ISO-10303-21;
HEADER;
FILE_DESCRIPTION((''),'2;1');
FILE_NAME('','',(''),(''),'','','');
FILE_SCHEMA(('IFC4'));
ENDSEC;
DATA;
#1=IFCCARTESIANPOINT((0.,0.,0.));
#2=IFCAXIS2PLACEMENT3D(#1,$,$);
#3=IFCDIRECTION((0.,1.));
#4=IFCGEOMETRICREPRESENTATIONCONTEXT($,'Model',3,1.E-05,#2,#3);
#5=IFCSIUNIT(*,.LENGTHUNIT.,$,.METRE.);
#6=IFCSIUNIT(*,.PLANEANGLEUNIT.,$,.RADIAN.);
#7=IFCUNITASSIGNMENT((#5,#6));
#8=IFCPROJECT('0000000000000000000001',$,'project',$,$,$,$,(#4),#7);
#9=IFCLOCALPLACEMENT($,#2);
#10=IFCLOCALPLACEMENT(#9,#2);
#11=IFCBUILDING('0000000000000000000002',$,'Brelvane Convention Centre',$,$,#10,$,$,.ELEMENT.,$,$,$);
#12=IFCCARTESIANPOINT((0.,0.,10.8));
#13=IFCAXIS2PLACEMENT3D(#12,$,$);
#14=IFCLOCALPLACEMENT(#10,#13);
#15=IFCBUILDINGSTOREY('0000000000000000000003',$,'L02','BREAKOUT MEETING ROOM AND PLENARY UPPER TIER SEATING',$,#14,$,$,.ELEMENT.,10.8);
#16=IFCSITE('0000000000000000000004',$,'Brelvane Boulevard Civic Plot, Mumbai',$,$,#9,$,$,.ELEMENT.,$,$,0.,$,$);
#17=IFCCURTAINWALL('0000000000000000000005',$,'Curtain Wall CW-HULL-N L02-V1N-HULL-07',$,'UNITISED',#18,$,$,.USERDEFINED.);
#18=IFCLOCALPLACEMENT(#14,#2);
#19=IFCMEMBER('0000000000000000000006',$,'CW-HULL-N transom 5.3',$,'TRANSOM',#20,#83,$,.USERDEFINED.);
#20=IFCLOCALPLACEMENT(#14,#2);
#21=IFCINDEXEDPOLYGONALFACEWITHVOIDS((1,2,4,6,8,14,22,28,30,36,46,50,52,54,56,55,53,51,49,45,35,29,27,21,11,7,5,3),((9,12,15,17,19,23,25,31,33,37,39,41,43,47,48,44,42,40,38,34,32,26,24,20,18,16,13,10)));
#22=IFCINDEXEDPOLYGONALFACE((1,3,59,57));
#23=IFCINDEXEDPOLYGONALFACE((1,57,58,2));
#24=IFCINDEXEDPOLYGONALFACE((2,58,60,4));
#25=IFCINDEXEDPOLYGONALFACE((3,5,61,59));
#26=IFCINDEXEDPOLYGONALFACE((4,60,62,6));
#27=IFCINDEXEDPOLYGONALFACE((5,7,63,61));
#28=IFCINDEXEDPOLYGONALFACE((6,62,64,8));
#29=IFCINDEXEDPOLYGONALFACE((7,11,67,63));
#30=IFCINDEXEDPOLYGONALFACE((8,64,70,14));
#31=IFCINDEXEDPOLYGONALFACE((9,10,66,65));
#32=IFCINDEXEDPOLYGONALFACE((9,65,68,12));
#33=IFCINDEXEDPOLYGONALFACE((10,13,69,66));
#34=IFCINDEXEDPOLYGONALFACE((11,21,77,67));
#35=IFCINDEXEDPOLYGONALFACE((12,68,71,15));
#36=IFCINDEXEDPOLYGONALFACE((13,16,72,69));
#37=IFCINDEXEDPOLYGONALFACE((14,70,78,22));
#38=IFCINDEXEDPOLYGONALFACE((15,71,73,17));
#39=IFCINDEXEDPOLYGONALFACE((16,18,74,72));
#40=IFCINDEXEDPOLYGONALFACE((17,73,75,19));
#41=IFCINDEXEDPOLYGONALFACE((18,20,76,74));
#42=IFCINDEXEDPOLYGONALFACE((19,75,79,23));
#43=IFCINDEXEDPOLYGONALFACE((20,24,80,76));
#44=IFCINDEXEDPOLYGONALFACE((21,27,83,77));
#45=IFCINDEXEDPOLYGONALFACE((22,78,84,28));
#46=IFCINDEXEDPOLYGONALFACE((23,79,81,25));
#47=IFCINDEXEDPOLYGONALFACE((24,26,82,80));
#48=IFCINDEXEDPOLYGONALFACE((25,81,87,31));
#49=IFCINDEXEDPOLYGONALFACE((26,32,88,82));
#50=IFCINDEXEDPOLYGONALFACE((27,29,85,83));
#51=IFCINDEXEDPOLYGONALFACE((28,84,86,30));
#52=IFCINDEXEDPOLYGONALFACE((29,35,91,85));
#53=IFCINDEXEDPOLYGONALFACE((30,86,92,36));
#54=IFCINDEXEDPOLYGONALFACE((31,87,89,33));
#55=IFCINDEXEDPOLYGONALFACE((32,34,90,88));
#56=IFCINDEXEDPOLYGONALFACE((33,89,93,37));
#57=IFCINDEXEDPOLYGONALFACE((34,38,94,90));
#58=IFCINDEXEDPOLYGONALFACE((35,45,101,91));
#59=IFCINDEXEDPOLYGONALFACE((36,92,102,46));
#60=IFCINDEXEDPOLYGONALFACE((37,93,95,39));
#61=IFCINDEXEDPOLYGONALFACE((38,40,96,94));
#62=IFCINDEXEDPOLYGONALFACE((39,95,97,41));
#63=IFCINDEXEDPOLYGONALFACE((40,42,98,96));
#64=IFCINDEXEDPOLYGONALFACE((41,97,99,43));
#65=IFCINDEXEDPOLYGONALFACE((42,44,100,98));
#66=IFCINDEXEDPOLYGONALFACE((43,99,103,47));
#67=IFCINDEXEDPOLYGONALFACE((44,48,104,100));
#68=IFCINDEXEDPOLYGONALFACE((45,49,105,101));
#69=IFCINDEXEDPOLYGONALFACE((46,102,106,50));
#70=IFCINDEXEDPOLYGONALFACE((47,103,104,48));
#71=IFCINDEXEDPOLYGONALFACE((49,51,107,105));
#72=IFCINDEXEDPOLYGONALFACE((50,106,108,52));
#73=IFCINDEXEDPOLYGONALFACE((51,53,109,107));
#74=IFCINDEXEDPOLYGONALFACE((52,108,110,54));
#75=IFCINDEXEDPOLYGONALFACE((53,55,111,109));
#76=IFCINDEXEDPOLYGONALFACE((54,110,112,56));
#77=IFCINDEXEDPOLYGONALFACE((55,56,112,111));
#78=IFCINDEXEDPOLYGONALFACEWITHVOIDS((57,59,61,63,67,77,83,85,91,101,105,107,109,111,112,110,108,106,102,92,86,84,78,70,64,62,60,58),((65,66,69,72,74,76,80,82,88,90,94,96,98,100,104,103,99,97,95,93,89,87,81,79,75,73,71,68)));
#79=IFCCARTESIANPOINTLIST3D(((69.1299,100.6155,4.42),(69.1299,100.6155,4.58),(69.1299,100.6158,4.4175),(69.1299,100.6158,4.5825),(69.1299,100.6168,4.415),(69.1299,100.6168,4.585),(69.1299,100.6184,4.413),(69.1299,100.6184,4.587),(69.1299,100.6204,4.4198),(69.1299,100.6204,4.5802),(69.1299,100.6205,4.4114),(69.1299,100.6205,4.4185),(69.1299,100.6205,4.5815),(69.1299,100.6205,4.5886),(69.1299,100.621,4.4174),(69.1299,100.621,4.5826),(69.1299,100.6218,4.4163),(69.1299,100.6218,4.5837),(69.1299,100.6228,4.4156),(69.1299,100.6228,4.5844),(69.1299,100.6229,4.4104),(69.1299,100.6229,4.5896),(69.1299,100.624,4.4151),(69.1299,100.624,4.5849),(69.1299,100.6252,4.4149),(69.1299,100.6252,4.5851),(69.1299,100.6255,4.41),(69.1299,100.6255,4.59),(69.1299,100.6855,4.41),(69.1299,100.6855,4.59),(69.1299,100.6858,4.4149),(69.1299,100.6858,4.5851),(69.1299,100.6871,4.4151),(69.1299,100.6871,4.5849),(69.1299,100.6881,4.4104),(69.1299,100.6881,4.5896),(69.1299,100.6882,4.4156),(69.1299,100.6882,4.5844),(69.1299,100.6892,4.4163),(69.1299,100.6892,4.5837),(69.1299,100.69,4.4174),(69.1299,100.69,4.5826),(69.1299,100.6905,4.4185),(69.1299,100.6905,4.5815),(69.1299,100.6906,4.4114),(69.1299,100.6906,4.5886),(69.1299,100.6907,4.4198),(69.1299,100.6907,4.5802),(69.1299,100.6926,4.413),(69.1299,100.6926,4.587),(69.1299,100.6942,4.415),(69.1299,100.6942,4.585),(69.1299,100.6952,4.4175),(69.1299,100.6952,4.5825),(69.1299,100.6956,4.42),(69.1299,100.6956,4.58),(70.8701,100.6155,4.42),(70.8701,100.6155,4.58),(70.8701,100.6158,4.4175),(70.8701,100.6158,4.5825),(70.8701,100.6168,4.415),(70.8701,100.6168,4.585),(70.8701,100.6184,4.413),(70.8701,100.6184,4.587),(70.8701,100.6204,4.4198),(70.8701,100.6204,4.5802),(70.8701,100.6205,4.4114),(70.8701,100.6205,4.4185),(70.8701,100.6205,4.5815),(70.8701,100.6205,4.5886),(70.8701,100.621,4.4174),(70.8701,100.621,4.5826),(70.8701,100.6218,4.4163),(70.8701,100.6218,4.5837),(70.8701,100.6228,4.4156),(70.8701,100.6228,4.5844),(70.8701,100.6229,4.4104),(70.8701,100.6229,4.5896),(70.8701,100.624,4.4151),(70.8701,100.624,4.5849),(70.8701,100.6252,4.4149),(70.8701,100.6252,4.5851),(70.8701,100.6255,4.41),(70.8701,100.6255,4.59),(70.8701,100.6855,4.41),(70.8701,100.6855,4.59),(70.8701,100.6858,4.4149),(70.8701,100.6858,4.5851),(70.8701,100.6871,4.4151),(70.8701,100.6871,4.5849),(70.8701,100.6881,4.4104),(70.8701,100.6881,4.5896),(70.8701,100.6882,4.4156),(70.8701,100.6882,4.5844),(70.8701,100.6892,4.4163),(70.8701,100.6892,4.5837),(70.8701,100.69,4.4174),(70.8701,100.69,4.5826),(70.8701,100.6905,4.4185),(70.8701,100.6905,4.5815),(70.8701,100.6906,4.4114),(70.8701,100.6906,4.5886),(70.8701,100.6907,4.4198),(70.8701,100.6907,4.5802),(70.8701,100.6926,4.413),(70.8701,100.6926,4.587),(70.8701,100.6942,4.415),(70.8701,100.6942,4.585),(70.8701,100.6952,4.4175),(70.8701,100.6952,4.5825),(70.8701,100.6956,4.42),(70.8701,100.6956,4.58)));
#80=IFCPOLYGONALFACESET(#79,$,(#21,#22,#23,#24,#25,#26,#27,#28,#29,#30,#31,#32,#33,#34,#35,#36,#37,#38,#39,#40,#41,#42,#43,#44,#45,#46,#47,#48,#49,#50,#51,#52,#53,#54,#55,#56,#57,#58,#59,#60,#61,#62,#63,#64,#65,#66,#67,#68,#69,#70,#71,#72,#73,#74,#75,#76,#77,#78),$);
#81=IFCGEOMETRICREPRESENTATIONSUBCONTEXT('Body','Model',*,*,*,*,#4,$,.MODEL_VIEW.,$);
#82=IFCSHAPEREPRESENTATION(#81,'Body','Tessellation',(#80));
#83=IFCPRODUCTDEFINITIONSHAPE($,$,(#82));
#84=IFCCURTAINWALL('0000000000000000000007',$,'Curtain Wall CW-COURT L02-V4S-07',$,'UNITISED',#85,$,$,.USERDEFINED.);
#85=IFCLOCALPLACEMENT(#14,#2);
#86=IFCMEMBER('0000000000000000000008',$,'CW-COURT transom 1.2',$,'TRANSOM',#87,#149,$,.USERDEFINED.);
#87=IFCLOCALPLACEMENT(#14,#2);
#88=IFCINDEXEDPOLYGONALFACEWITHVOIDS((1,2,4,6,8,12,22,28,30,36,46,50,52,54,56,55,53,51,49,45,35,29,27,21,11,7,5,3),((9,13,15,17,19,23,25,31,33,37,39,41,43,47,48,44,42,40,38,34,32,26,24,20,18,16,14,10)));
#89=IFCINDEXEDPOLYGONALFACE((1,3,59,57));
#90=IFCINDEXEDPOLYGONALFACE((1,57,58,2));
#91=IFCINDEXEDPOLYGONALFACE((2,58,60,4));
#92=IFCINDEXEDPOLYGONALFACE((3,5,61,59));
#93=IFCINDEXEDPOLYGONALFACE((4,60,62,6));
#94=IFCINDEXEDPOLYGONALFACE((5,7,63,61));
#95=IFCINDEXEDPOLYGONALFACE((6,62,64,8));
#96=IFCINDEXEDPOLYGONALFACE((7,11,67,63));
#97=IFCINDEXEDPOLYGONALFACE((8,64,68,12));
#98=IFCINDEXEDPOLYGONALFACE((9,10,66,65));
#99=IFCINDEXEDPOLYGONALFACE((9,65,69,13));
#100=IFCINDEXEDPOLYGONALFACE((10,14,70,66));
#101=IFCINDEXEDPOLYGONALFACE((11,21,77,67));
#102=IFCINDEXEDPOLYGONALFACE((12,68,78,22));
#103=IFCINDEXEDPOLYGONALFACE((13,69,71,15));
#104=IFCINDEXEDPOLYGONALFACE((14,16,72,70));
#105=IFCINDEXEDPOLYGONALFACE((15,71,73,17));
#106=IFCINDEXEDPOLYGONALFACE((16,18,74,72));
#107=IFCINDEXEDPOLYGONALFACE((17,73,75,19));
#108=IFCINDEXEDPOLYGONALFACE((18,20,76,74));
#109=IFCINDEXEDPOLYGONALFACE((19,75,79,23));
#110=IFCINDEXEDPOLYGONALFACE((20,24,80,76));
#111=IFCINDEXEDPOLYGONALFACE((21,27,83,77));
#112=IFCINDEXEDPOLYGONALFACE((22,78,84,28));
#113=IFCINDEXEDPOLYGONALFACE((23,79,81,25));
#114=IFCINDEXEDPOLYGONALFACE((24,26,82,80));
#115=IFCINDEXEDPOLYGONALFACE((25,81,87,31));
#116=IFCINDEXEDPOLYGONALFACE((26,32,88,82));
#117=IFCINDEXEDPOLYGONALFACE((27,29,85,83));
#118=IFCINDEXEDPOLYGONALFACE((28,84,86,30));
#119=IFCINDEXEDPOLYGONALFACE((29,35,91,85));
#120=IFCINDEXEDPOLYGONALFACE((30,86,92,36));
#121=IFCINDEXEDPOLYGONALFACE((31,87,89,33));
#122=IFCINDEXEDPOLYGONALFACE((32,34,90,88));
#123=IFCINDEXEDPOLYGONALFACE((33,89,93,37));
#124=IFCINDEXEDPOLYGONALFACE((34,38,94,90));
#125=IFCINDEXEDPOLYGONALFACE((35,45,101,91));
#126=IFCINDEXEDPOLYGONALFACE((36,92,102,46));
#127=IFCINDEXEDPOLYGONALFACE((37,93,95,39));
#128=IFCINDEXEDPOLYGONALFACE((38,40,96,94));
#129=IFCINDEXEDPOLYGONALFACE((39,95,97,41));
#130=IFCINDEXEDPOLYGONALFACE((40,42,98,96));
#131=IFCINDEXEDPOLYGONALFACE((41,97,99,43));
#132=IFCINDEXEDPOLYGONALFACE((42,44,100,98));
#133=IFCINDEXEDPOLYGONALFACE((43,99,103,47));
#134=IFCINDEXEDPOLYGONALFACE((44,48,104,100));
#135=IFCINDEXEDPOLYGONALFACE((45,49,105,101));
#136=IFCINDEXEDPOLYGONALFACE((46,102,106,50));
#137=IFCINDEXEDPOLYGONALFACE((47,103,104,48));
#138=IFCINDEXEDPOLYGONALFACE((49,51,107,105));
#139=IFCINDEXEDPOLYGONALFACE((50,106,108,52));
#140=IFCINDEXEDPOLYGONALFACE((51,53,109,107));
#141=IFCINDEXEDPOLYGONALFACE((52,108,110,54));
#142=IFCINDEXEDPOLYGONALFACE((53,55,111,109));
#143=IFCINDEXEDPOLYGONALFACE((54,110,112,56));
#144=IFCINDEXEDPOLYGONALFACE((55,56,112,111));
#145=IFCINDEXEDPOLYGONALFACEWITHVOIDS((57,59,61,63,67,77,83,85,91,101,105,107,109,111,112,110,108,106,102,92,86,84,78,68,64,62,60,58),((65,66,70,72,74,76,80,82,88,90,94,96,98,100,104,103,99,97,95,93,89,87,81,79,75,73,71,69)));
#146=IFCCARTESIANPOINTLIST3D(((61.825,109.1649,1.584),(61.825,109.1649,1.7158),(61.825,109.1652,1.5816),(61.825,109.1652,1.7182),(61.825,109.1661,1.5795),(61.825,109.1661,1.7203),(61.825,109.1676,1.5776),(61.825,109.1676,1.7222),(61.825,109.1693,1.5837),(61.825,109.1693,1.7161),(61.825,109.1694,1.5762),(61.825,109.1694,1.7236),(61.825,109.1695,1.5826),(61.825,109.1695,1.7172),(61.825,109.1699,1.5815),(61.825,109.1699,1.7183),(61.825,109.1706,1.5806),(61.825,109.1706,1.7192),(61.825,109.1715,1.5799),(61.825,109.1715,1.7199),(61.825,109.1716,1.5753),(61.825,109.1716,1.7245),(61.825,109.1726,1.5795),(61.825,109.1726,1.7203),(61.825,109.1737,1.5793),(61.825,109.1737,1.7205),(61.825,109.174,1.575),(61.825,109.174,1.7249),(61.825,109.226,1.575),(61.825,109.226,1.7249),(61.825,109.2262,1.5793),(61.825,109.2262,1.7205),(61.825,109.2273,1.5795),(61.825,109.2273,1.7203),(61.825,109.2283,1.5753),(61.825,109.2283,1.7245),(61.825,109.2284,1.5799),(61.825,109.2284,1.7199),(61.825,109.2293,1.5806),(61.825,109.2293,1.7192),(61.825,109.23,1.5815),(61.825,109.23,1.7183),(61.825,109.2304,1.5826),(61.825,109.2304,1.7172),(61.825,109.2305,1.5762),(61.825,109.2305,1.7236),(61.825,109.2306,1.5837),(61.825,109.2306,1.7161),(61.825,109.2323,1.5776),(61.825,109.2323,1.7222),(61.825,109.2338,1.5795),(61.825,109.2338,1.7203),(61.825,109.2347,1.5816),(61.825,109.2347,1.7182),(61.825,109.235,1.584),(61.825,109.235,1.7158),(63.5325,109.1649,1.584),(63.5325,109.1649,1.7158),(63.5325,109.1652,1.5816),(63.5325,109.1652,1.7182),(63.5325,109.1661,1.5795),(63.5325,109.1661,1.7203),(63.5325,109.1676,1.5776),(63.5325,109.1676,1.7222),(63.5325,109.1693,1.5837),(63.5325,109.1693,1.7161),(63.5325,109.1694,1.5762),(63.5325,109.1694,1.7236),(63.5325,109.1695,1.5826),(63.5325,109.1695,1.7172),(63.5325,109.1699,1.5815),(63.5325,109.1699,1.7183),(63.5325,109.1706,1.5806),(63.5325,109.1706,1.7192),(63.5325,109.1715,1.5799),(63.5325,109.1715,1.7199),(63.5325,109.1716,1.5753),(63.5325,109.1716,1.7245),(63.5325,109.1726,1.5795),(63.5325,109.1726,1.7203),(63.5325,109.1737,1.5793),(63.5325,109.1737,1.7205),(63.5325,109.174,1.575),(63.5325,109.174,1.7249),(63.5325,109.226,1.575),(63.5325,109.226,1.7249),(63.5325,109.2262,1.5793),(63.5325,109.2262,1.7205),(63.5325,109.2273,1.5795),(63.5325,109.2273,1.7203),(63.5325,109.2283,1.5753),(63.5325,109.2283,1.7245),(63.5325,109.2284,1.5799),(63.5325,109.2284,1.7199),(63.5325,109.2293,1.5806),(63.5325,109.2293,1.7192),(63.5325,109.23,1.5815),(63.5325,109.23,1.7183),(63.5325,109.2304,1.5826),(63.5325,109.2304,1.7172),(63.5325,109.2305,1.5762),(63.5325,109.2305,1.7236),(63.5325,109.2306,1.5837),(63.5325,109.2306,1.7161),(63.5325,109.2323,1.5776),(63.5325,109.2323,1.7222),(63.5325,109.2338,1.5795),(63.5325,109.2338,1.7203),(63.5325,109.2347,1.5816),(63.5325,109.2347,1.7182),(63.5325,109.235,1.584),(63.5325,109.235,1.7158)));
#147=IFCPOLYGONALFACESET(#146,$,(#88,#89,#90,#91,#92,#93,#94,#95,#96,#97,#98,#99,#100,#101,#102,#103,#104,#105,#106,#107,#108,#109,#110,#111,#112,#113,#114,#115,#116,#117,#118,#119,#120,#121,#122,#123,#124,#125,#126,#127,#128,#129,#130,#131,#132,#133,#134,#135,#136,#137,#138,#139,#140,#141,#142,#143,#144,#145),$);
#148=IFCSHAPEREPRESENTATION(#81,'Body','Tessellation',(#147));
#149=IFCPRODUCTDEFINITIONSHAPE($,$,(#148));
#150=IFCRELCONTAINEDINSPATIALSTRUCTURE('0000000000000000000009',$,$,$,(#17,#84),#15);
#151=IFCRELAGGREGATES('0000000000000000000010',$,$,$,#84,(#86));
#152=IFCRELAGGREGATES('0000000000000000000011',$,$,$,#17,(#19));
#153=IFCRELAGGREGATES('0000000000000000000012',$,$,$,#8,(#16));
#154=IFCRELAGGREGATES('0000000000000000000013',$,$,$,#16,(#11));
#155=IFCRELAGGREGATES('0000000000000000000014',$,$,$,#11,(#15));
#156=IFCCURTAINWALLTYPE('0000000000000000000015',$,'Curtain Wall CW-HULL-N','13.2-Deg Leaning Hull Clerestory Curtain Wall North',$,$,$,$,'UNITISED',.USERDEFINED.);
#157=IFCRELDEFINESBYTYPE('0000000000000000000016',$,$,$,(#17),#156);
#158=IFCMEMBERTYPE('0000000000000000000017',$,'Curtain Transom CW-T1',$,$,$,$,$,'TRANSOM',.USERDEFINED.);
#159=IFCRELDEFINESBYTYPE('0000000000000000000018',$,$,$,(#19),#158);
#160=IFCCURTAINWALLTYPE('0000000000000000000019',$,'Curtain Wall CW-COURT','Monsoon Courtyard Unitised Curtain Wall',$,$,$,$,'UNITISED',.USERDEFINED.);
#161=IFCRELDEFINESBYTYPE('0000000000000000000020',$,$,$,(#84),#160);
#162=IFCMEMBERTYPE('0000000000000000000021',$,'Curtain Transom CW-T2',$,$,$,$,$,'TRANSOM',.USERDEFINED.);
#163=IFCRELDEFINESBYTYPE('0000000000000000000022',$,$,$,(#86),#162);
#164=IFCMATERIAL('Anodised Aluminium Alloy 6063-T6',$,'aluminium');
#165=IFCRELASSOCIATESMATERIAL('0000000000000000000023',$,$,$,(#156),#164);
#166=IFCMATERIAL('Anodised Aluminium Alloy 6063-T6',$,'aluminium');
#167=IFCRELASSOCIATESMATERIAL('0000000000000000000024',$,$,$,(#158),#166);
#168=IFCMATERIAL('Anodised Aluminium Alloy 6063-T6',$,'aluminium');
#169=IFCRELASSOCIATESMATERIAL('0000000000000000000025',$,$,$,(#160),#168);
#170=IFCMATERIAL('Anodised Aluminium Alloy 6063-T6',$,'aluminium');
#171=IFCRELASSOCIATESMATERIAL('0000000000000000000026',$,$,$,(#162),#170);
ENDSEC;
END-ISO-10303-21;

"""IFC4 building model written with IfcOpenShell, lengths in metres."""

from ifc_helpers import new_model, si_unit, direction, frame, origin, origin_2d, place, context, subcontext, project, spatial, hollow_rectangle, extrude, material, material_profile, profile_set, type_object, element, aggregate, save


model = new_model("IFC4")

# Units and contexts
model_context = context("Model", 3, precision=1e-05, world=origin(), true_north=direction((0.0, 1.0)))
body_context = subcontext(model_context, "Body", "Model", "MODEL_VIEW")
ifc_project = project(units=[si_unit("LENGTHUNIT", "METRE"), si_unit("PLANEANGLEUNIT", "RADIAN")], contexts=[model_context])

# Site, building, storey
site_placement = place(None, origin())
site = spatial("IfcSite", under=ifc_project, at=site_placement, Name="Brelvane Boulevard Civic Plot, Mumbai", CompositionType="ELEMENT", RefElevation=0.0)
building_placement = place(site_placement, origin())
building = spatial("IfcBuilding", under=site, at=building_placement, Name="Brelvane Convention Centre", CompositionType="ELEMENT")
storey_placement = place(building_placement, frame((0.0, 0.0, 10.8)))
storey = spatial("IfcBuildingStorey", under=building, at=storey_placement, Name="L02", Description="BREAKOUT MEETING ROOM AND PLENARY UPPER TIER SEATING", CompositionType="ELEMENT", Elevation=10.8)

# Curtain walls, members
ifc_material_1 = material(Name="Anodised Aluminium Alloy 6063-T6", Category="aluminium")
curtain_wall_type_1 = type_object("IfcCurtainWallType", Name="Curtain Wall CW-HULL-N", Description="13.2-Deg Leaning Hull Clerestory Curtain Wall North", ElementType="UNITISED", PredefinedType="USERDEFINED", material=ifc_material_1)
curtain_wall_1_placement = place(storey_placement, origin())
curtain_wall_1 = element("IfcCurtainWall", 1, at=curtain_wall_1_placement, inside=storey, type_object=curtain_wall_type_1, Name="Curtain Wall CW-HULL-N L02-V1N-HULL-07", ObjectType="UNITISED", PredefinedType="USERDEFINED")
ifc_material_2 = material(Name="Anodised Aluminium Alloy 6063-T6", Category="aluminium")
ifc_material_profile_1 = material_profile(ifc_material_2, hollow_rectangle(XDim=0.0801, YDim=0.1799, WallThickness=0.0049, InnerFilletRadius=0.0049, OuterFilletRadius=0.01, at=origin_2d()), Name="ALU-T 180x80x5.0")
ifc_profile_set_1 = profile_set([ifc_material_profile_1], Name="Anodised Aluminium Alloy 6063-T6")
member_type_1 = type_object("IfcMemberType", Name="Curtain Transom CW-T1", ElementType="TRANSOM", PredefinedType="USERDEFINED", material=ifc_profile_set_1)
member_1_placement = place(storey_placement, frame((69.1299, 100.6555, 4.5), z_axis=(1.0, 0.0, 0.0), x_axis=(0.0, 1.0, 0.0)))
member_1 = element("IfcMember", 2, at=member_1_placement, type_object=member_type_1, Name="CW-HULL-N transom 5.3", ObjectType="TRANSOM", PredefinedType="USERDEFINED", context=body_context, shape_type="SweptSolid", body=[
    extrude(hollow_rectangle(XDim=0.0801, YDim=0.1799, WallThickness=0.0049, InnerFilletRadius=0.0049, OuterFilletRadius=0.01, at=origin_2d()), origin(), (0.0, 0.0, 1.0), 1.7402),
])
ifc_material_3 = material(Name="Anodised Aluminium Alloy 6063-T6", Category="aluminium")
curtain_wall_type_2 = type_object("IfcCurtainWallType", Name="Curtain Wall CW-COURT", Description="Monsoon Courtyard Unitised Curtain Wall", ElementType="UNITISED", PredefinedType="USERDEFINED", material=ifc_material_3)
curtain_wall_2_placement = place(storey_placement, origin())
curtain_wall_2 = element("IfcCurtainWall", 3, at=curtain_wall_2_placement, inside=storey, type_object=curtain_wall_type_2, Name="Curtain Wall CW-COURT L02-V4S-07", ObjectType="UNITISED", PredefinedType="USERDEFINED")
ifc_material_4 = material(Name="Anodised Aluminium Alloy 6063-T6", Category="aluminium")
ifc_material_profile_2 = material_profile(ifc_material_4, hollow_rectangle(XDim=0.0701, YDim=0.1499, WallThickness=0.0044, InnerFilletRadius=0.0044, OuterFilletRadius=0.009, at=origin_2d()), Name="ALU-T 150x70x4.5")
ifc_profile_set_2 = profile_set([ifc_material_profile_2], Name="Anodised Aluminium Alloy 6063-T6")
member_type_2 = type_object("IfcMemberType", Name="Curtain Transom CW-T2", ElementType="TRANSOM", PredefinedType="USERDEFINED", material=ifc_profile_set_2)
member_2_placement = place(storey_placement, frame((61.825, 109.2, 1.6499), z_axis=(1.0, 0.0, 0.0), x_axis=(0.0, 1.0, 0.0)))
member_2 = element("IfcMember", 4, at=member_2_placement, type_object=member_type_2, Name="CW-COURT transom 1.2", ObjectType="TRANSOM", PredefinedType="USERDEFINED", context=body_context, shape_type="SweptSolid", body=[
    extrude(hollow_rectangle(XDim=0.0701, YDim=0.1499, WallThickness=0.0044, InnerFilletRadius=0.0044, OuterFilletRadius=0.009, at=origin_2d()), origin(), (0.0, 0.0, 1.0), 1.7075),
])
aggregate(curtain_wall_2, [member_2])

aggregate(curtain_wall_1, [member_1])

save(model, "model.ifc")
